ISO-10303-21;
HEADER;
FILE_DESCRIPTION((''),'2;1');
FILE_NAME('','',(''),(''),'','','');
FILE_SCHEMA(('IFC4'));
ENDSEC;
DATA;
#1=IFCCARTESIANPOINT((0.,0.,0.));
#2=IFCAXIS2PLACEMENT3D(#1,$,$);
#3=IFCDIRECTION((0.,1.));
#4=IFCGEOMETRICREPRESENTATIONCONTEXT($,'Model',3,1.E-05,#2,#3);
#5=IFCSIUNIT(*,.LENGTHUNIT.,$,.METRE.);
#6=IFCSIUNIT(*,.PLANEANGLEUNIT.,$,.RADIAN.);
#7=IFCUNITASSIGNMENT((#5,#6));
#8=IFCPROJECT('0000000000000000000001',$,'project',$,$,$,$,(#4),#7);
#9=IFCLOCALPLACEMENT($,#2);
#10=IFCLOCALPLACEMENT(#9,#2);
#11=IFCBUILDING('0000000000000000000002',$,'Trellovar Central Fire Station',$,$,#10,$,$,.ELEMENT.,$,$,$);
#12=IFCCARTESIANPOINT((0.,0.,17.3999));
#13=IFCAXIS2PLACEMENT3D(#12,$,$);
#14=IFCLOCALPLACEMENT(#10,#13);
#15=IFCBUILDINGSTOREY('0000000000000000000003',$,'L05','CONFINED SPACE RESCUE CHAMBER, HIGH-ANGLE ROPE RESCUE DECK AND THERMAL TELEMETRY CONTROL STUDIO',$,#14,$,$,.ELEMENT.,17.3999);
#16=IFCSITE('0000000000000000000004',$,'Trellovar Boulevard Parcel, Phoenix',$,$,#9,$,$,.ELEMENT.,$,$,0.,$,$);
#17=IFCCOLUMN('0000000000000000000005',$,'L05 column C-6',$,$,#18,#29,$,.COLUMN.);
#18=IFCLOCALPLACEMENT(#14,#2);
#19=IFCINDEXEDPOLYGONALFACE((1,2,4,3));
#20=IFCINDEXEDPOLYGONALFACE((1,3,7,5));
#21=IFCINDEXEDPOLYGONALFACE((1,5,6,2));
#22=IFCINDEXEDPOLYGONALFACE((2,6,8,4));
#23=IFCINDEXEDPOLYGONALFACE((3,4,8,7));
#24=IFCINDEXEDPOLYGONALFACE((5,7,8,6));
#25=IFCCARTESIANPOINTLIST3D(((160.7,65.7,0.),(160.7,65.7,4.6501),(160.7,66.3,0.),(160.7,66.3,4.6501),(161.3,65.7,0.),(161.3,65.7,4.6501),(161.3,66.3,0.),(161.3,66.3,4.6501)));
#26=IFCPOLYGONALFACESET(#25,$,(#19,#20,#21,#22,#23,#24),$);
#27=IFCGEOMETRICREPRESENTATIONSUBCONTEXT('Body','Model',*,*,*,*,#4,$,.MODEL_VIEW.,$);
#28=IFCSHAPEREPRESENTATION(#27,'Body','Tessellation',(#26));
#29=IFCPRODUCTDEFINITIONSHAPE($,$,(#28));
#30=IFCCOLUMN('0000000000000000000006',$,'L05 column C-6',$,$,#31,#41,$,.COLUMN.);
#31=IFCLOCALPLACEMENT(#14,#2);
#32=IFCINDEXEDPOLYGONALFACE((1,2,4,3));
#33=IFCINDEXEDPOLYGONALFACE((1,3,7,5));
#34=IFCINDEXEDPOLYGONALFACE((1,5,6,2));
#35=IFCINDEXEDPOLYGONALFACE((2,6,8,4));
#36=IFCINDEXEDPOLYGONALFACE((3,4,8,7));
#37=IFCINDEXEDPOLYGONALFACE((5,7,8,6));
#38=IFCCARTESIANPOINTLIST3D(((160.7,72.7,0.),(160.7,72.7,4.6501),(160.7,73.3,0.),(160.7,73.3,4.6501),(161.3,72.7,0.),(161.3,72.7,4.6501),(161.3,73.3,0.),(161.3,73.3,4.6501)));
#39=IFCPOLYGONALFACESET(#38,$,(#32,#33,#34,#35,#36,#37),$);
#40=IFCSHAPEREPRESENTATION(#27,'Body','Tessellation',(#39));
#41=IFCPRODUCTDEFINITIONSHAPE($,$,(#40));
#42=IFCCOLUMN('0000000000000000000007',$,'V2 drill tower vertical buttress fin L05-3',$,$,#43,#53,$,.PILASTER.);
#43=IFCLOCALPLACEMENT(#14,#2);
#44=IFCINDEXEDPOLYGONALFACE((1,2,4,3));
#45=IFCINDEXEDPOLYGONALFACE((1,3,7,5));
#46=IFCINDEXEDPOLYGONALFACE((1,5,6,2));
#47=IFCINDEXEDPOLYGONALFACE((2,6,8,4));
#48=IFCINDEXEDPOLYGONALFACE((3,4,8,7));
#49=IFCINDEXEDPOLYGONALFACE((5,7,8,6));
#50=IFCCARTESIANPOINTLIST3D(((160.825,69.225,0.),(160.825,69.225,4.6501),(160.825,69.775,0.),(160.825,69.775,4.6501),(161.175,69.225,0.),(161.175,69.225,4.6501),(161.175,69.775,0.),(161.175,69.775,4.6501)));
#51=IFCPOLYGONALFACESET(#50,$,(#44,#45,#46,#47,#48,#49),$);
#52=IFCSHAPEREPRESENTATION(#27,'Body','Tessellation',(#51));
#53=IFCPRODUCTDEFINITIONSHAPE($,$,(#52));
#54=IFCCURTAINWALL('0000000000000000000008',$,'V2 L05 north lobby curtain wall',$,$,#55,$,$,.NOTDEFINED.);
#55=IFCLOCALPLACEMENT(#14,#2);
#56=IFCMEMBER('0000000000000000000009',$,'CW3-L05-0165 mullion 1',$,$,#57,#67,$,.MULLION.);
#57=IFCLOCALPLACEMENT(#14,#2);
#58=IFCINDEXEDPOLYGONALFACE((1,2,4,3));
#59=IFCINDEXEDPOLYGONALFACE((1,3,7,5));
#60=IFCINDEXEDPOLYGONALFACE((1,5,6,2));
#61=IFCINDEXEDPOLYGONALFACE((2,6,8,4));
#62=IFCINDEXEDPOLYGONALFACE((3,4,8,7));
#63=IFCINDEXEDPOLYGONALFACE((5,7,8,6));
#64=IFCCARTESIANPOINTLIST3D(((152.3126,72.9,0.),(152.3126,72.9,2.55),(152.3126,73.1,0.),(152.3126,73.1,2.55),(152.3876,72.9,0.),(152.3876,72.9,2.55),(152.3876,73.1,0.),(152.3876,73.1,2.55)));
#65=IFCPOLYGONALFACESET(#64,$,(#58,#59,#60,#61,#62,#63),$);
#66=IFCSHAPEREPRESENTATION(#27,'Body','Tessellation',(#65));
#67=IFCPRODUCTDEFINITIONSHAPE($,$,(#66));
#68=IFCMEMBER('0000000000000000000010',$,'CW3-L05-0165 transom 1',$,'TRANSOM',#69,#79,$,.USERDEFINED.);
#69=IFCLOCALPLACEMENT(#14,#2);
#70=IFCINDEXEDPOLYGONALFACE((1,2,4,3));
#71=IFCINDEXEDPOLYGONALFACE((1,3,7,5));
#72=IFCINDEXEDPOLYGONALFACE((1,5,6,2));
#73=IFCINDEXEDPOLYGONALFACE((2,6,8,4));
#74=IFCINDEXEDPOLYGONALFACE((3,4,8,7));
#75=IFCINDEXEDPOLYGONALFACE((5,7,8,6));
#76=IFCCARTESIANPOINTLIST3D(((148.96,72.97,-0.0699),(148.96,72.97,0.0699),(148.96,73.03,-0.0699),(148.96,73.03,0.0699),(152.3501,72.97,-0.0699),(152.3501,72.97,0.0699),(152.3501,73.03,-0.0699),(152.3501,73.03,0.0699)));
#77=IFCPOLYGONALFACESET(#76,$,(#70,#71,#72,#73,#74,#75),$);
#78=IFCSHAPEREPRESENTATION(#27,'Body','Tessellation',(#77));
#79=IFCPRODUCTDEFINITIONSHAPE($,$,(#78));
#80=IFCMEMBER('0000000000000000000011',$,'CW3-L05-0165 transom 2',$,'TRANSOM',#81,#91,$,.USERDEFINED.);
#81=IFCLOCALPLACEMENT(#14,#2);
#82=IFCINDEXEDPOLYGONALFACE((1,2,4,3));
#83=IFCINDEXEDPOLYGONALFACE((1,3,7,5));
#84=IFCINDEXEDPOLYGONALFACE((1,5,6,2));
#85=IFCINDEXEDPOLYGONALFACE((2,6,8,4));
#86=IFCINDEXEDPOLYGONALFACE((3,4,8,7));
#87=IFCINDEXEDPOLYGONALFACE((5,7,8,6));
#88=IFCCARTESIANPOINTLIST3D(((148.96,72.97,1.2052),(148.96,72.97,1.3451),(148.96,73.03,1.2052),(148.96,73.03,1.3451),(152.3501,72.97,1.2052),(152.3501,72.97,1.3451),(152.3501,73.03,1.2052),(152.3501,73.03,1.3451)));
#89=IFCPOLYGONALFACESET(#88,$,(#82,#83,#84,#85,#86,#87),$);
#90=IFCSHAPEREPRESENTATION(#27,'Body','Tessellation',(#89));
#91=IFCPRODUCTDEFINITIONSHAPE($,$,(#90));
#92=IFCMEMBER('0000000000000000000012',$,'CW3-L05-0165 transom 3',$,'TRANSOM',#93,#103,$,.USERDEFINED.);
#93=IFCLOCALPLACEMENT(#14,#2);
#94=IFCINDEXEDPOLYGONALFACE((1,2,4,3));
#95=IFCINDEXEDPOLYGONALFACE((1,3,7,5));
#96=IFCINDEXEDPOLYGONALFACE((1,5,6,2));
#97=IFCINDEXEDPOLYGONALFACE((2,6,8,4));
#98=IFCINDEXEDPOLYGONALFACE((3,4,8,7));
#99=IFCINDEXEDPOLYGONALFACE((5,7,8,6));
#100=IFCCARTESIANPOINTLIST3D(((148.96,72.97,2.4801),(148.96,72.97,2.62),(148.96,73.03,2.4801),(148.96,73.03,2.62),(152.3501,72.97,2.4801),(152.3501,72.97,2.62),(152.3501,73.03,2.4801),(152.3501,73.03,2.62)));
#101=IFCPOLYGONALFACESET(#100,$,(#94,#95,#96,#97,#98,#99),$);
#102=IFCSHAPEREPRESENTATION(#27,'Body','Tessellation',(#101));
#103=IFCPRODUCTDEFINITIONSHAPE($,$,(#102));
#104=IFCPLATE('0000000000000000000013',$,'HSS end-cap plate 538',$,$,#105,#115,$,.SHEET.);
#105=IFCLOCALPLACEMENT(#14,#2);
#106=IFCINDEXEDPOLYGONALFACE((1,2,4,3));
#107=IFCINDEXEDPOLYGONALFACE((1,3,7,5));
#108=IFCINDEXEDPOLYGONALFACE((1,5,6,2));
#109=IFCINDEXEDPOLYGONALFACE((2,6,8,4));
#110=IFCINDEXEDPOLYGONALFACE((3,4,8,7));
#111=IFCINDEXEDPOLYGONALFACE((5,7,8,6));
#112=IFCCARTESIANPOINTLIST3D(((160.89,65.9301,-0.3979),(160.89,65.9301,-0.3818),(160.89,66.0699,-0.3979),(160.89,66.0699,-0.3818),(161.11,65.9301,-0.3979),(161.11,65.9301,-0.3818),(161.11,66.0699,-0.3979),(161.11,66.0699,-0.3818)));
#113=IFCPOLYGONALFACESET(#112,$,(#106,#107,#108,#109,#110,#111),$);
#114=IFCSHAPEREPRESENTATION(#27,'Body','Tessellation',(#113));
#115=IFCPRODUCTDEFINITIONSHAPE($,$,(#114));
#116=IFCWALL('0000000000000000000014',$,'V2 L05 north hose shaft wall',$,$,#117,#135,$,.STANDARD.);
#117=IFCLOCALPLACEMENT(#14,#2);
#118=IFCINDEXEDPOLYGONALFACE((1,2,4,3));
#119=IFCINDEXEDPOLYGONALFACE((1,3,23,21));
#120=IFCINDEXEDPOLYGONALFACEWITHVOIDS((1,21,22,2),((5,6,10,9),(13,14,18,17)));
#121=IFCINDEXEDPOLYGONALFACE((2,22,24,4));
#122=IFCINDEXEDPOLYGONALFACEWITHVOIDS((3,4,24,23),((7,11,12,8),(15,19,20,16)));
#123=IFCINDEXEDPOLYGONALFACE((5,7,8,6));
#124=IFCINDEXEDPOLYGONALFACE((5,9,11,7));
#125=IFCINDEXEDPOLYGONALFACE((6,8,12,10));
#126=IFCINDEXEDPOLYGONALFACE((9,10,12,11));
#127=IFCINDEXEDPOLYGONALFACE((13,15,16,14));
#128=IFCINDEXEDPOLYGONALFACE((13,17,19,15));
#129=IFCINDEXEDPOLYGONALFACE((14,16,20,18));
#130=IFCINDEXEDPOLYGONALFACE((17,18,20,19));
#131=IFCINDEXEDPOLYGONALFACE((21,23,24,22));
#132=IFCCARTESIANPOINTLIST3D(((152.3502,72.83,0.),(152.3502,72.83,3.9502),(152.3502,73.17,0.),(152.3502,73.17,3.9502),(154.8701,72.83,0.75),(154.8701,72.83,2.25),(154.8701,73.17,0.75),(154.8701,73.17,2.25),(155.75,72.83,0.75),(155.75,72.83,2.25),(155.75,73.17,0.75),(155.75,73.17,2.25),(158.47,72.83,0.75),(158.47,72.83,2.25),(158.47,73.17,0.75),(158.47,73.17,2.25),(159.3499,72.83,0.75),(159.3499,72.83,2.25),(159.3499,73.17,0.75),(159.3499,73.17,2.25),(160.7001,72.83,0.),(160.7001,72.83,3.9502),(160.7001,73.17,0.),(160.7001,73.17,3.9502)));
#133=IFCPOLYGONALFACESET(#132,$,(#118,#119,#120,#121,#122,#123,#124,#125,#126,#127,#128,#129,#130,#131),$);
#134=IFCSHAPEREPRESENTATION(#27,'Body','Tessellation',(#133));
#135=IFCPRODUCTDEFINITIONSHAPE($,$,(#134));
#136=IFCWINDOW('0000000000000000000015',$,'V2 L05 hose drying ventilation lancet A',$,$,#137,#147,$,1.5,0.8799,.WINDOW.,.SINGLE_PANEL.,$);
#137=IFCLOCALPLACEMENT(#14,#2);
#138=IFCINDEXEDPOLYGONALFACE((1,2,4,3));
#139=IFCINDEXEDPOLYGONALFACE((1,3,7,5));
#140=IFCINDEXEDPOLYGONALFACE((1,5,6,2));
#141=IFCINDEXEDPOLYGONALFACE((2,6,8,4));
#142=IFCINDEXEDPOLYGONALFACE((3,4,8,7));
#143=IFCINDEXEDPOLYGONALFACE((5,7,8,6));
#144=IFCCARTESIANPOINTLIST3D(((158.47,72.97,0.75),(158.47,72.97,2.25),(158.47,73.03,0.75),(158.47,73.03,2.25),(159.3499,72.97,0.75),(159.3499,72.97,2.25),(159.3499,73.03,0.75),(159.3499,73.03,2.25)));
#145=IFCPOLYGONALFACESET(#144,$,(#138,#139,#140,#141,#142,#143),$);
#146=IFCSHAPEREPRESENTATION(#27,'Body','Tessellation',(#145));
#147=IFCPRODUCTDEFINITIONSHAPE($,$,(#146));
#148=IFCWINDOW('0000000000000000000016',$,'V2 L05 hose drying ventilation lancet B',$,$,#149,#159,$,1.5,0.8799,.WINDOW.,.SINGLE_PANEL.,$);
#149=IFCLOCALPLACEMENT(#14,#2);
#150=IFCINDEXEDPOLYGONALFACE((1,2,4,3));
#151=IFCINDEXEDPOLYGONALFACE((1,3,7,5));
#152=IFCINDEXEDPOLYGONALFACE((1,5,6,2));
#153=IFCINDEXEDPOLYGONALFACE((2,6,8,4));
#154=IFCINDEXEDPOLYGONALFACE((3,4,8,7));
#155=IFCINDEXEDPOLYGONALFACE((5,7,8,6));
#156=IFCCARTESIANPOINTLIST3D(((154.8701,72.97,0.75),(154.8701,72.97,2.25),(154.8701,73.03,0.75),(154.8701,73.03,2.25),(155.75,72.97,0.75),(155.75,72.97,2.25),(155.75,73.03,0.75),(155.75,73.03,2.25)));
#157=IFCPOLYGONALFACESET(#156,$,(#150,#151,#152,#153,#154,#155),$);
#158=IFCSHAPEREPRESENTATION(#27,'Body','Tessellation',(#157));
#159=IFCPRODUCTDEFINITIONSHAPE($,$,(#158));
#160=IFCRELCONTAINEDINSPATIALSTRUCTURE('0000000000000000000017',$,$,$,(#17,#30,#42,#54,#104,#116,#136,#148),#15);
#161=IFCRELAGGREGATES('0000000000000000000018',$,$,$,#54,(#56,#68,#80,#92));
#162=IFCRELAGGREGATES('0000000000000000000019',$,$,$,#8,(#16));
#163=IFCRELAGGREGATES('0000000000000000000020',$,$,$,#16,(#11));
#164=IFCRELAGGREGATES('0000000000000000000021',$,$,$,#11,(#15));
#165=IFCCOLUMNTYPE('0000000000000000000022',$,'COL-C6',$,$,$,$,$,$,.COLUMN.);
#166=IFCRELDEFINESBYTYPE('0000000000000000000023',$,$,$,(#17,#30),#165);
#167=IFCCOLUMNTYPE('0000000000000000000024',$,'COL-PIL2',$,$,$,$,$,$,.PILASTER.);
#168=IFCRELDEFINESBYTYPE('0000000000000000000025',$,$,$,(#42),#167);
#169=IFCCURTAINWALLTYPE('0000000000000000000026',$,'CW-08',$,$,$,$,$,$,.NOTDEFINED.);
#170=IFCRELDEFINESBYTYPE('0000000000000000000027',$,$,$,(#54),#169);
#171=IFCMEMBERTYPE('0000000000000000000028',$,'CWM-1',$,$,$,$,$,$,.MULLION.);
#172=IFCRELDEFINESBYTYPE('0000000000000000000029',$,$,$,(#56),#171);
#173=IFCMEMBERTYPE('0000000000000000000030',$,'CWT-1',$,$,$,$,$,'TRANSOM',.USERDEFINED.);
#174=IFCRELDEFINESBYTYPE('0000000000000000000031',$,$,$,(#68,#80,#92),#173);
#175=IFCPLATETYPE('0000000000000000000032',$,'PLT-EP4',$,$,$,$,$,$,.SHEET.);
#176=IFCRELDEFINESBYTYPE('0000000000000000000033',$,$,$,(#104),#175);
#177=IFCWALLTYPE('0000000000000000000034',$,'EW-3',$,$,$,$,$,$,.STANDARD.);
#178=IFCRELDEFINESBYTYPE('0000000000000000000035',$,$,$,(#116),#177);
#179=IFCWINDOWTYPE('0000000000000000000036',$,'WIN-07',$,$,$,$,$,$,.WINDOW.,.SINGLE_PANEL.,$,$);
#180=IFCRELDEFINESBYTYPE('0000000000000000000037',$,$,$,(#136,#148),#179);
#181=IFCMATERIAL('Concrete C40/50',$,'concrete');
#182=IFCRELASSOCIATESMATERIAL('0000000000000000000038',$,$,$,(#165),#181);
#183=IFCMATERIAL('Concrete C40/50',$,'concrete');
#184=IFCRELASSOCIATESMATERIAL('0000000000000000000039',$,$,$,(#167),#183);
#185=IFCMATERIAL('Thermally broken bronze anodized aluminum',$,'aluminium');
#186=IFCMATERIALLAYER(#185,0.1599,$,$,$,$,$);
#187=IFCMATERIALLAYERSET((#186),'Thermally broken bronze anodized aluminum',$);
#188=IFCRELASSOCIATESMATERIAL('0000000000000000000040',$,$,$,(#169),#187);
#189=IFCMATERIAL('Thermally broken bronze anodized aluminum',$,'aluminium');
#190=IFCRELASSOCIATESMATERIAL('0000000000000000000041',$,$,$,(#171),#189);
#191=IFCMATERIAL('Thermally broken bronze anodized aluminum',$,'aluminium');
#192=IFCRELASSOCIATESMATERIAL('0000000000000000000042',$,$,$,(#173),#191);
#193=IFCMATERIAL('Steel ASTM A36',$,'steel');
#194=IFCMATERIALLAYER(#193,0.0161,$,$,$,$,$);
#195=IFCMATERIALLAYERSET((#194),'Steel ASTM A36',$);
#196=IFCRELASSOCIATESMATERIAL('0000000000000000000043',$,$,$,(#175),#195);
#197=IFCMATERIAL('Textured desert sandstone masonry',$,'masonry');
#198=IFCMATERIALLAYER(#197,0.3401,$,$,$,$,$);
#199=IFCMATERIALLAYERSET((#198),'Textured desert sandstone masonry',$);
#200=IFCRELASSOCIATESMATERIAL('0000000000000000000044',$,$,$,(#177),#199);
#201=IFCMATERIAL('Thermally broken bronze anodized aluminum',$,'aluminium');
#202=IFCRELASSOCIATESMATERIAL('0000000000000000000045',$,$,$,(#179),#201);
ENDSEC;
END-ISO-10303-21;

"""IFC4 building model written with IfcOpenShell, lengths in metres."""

from ifc_helpers import new_model, si_unit, direction, frame, frame_2d, origin, origin_2d, place, context, subcontext, project, spatial, rectangle, extrude, material, layer, layer_set, material_profile, profile_set, type_object, element, fill, aggregate, save


model = new_model("IFC4")

# Units and contexts
model_context = context("Model", 3, precision=1e-05, world=origin(), true_north=direction((0.0, 1.0)))
body_context = subcontext(model_context, "Body", "Model", "MODEL_VIEW")
ifc_project = project(units=[si_unit("LENGTHUNIT", "METRE"), si_unit("PLANEANGLEUNIT", "RADIAN")], contexts=[model_context])

# Site, building, storey
site_placement = place(None, origin())
site = spatial("IfcSite", under=ifc_project, at=site_placement, Name="Trellovar Boulevard Parcel, Phoenix", CompositionType="ELEMENT", RefElevation=0.0)
building_placement = place(site_placement, origin())
building = spatial("IfcBuilding", under=site, at=building_placement, Name="Trellovar Central Fire Station", CompositionType="ELEMENT")
storey_placement = place(building_placement, frame((0.0, 0.0, 17.3999)))
storey = spatial("IfcBuildingStorey", under=building, at=storey_placement, Name="L05", Description="CONFINED SPACE RESCUE CHAMBER, HIGH-ANGLE ROPE RESCUE DECK AND THERMAL TELEMETRY CONTROL STUDIO", CompositionType="ELEMENT", Elevation=17.3999)

# Columns
ifc_material_1 = material(Name="Concrete C40/50", Category="concrete")
ifc_material_profile_1 = material_profile(ifc_material_1, rectangle(XDim=0.6001, YDim=0.6001, at=origin_2d()), Name="RC600X600")
ifc_profile_set_1 = profile_set([ifc_material_profile_1], Name="Concrete C40/50")
column_type_1 = type_object("IfcColumnType", Name="COL-C6", PredefinedType="COLUMN", material=ifc_profile_set_1)
for number, where, z_axis, x_axis, name in (
    (1, (161.0, 66.0, 0.0), (0.0, 0.0, 1.0), (1.0, 0.0, 0.0), "L05 column C-6"),
    (2, (161.0, 73.0, 0.0), (0.0, 0.0, 1.0), (1.0, 0.0, 0.0), "L05 column C-6"),
):
    element("IfcColumn", number, at=place(storey_placement, frame(where, z_axis=z_axis, x_axis=x_axis)), inside=storey, type_object=column_type_1, Name=name, PredefinedType="COLUMN", context=body_context, shape_type="SweptSolid", body=[
        extrude(rectangle(XDim=0.6001, YDim=0.6001, at=origin_2d()), origin(), (0.0, 0.0, 1.0), 4.6501),
    ])
ifc_material_2 = material(Name="Concrete C40/50", Category="concrete")
ifc_material_profile_2 = material_profile(ifc_material_2, rectangle(XDim=0.3501, YDim=0.55, at=origin_2d()), Name="RC350X550")
ifc_profile_set_2 = profile_set([ifc_material_profile_2], Name="Concrete C40/50")
column_type_2 = type_object("IfcColumnType", Name="COL-PIL2", PredefinedType="PILASTER", material=ifc_profile_set_2)
column_placement = place(storey_placement, frame((161.0, 69.5, 0.0), z_axis=(0.0, 0.0, 1.0), x_axis=(1.0, 0.0, 0.0)))
element("IfcColumn", 3, at=column_placement, inside=storey, type_object=column_type_2, Name="V2 drill tower vertical buttress fin L05-3", PredefinedType="PILASTER", context=body_context, shape_type="SweptSolid", body=[
    extrude(rectangle(XDim=0.3501, YDim=0.55, at=origin_2d()), origin(), (0.0, 0.0, 1.0), 4.6501),
])

# Curtain wall, members
ifc_material_3 = material(Name="Thermally broken bronze anodized aluminum", Category="aluminium")
ifc_layer_1 = layer(ifc_material_3, 0.1599)
ifc_layer_set_1 = layer_set([ifc_layer_1], Name="Thermally broken bronze anodized aluminum")
curtain_wall_type = type_object("IfcCurtainWallType", Name="CW-08", PredefinedType="NOTDEFINED", material=ifc_layer_set_1)
curtain_wall_placement = place(storey_placement, origin())
curtain_wall = element("IfcCurtainWall", 4, at=curtain_wall_placement, inside=storey, type_object=curtain_wall_type, Name="V2 L05 north lobby curtain wall", PredefinedType="NOTDEFINED")
ifc_material_4 = material(Name="Thermally broken bronze anodized aluminum", Category="aluminium")
ifc_material_profile_3 = material_profile(ifc_material_4, rectangle(XDim=0.075, YDim=0.2, at=origin_2d()), Name="ALU75X200")
ifc_profile_set_3 = profile_set([ifc_material_profile_3], Name="Thermally broken bronze anodized aluminum")
member_type_1 = type_object("IfcMemberType", Name="CWM-1", PredefinedType="MULLION", material=ifc_profile_set_3)
member_1_placement = place(storey_placement, frame((152.3501, 73.0, 0.0), z_axis=(0.0, 0.0, 1.0), x_axis=(1.0, 0.0, 0.0)))
member_1 = element("IfcMember", 5, at=member_1_placement, type_object=member_type_1, Name="CW3-L05-0165 mullion 1", PredefinedType="MULLION", context=body_context, shape_type="SweptSolid", body=[
    extrude(rectangle(XDim=0.075, YDim=0.2, at=origin_2d()), origin(), (0.0, 0.0, 1.0), 2.55),
])
ifc_material_5 = material(Name="Thermally broken bronze anodized aluminum", Category="aluminium")
ifc_material_profile_4 = material_profile(ifc_material_5, rectangle(XDim=0.0601, YDim=0.1399, at=origin_2d()), Name="ALU60X140")
ifc_profile_set_4 = profile_set([ifc_material_profile_4], Name="Thermally broken bronze anodized aluminum")
member_type_2 = type_object("IfcMemberType", Name="CWT-1", ElementType="TRANSOM", PredefinedType="USERDEFINED", material=ifc_profile_set_4)
member_2_placement = place(storey_placement, frame((152.3501, 73.0, 0.0), z_axis=(-1.0, 0.0, 0.0), x_axis=(0.0, -1.0, 0.0)))
member_2 = element("IfcMember", 6, at=member_2_placement, type_object=member_type_2, Name="CW3-L05-0165 transom 1", ObjectType="TRANSOM", PredefinedType="USERDEFINED", context=body_context, shape_type="SweptSolid", body=[
    extrude(rectangle(XDim=0.0601, YDim=0.1399, at=origin_2d()), origin(), (0.0, 0.0, 1.0), 3.3901),
])
member_3_placement = place(storey_placement, frame((152.3501, 73.0, 1.2751), z_axis=(-1.0, 0.0, 0.0), x_axis=(0.0, -1.0, 0.0)))
member_3 = element("IfcMember", 7, at=member_3_placement, type_object=member_type_2, Name="CW3-L05-0165 transom 2", ObjectType="TRANSOM", PredefinedType="USERDEFINED", context=body_context, shape_type="SweptSolid", body=[
    extrude(rectangle(XDim=0.0601, YDim=0.1399, at=origin_2d()), origin(), (0.0, 0.0, 1.0), 3.3901),
])
member_4_placement = place(storey_placement, frame((152.3501, 73.0, 2.55), z_axis=(-1.0, 0.0, 0.0), x_axis=(0.0, -1.0, 0.0)))
member_4 = element("IfcMember", 8, at=member_4_placement, type_object=member_type_2, Name="CW3-L05-0165 transom 3", ObjectType="TRANSOM", PredefinedType="USERDEFINED", context=body_context, shape_type="SweptSolid", body=[
    extrude(rectangle(XDim=0.0601, YDim=0.1399, at=origin_2d()), origin(), (0.0, 0.0, 1.0), 3.3901),
])
aggregate(curtain_wall, [member_1, member_2, member_3, member_4])

# Plate
ifc_material_6 = material(Name="Steel ASTM A36", Category="steel")
ifc_layer_2 = layer(ifc_material_6, 0.0161)
ifc_layer_set_2 = layer_set([ifc_layer_2], Name="Steel ASTM A36")
plate_type = type_object("IfcPlateType", Name="PLT-EP4", PredefinedType="SHEET", material=ifc_layer_set_2)
plate_placement = place(storey_placement, frame((161.0, 66.0, -0.3979), z_axis=(0.0, 0.0, 1.0), x_axis=(1.0, 0.0, 0.0)))
element("IfcPlate", 9, at=plate_placement, inside=storey, type_object=plate_type, Name="HSS end-cap plate 538", PredefinedType="SHEET", context=body_context, shape_type="SweptSolid", body=[
    extrude(rectangle(XDim=0.22, YDim=0.1399, at=origin_2d()), origin(), (0.0, 0.0, 1.0), 0.0161),
])

# Wall, openings, windows
ifc_material_7 = material(Name="Textured desert sandstone masonry", Category="masonry")
ifc_layer_3 = layer(ifc_material_7, 0.3401)
ifc_layer_set_3 = layer_set([ifc_layer_3], Name="Textured desert sandstone masonry")
wall_type_1 = type_object("IfcWallType", Name="EW-3", PredefinedType="STANDARD", material=ifc_layer_set_3)
wall_1_placement = place(storey_placement, frame((160.7, 73.0, 0.0), z_axis=(0.0, 0.0, 1.0), x_axis=(-1.0, 0.0, 0.0)))
wall_1 = element("IfcWall", 10, at=wall_1_placement, inside=storey, type_object=wall_type_1, Name="V2 L05 north hose shaft wall", PredefinedType="STANDARD", context=body_context, shape_type="SweptSolid", body=[
    extrude(rectangle(XDim=8.3499, YDim=0.3401, at=frame_2d((4.1748, 0.0))), origin(), (0.0, 0.0, 1.0), 3.9502),
])
opening_1_placement = place(wall_1_placement, frame((1.3501, 0.0, 0.75)))
opening_1 = element("IfcOpeningElement", 11, at=opening_1_placement, cuts=wall_1, PredefinedType="OPENING", context=body_context, shape_type="SweptSolid", body=[
    extrude(rectangle(XDim=0.8799, YDim=1.5, at=frame_2d((0.4399, 0.75))), frame((0.0, 0.1799, 0.0), z_axis=(0.0, -1.0, 0.0), x_axis=(1.0, 0.0, 0.0)), (0.0, 0.0, 1.0), 0.3601),
])
opening_2_placement = place(wall_1_placement, frame((4.95, 0.0, 0.75)))
opening_2 = element("IfcOpeningElement", 12, at=opening_2_placement, cuts=wall_1, PredefinedType="OPENING", context=body_context, shape_type="SweptSolid", body=[
    extrude(rectangle(XDim=0.8799, YDim=1.5, at=frame_2d((0.4399, 0.75))), frame((0.0, 0.1799, 0.0), z_axis=(0.0, -1.0, 0.0), x_axis=(1.0, 0.0, 0.0)), (0.0, 0.0, 1.0), 0.3601),
])
ifc_material_8 = material(Name="Thermally broken bronze anodized aluminum", Category="aluminium")
window_type = type_object("IfcWindowType", Name="WIN-07", PartitioningType="SINGLE_PANEL", PredefinedType="WINDOW", material=ifc_material_8)
window_1_placement = place(opening_1_placement, origin())
window_1 = element("IfcWindow", 13, at=window_1_placement, inside=storey, type_object=window_type, Name="V2 L05 hose drying ventilation lancet A", OverallHeight=1.5, OverallWidth=0.8799, PartitioningType="SINGLE_PANEL", PredefinedType="WINDOW", context=body_context, shape_type="SweptSolid", body=[
    extrude(rectangle(XDim=0.8799, YDim=1.5, at=frame_2d((0.4399, 0.75))), frame((0.0, 0.03, 0.0), z_axis=(0.0, -1.0, 0.0), x_axis=(1.0, 0.0, 0.0)), (0.0, 0.0, 1.0), 0.0601),
])
fill(opening_1, window_1)
window_2_placement = place(opening_2_placement, origin())
window_2 = element("IfcWindow", 14, at=window_2_placement, inside=storey, type_object=window_type, Name="V2 L05 hose drying ventilation lancet B", OverallHeight=1.5, OverallWidth=0.8799, PartitioningType="SINGLE_PANEL", PredefinedType="WINDOW", context=body_context, shape_type="SweptSolid", body=[
    extrude(rectangle(XDim=0.8799, YDim=1.5, at=frame_2d((0.4399, 0.75))), frame((0.0, 0.03, 0.0), z_axis=(0.0, -1.0, 0.0), x_axis=(1.0, 0.0, 0.0)), (0.0, 0.0, 1.0), 0.0601),
])
fill(opening_2, window_2)

save(model, "model.ifc")
